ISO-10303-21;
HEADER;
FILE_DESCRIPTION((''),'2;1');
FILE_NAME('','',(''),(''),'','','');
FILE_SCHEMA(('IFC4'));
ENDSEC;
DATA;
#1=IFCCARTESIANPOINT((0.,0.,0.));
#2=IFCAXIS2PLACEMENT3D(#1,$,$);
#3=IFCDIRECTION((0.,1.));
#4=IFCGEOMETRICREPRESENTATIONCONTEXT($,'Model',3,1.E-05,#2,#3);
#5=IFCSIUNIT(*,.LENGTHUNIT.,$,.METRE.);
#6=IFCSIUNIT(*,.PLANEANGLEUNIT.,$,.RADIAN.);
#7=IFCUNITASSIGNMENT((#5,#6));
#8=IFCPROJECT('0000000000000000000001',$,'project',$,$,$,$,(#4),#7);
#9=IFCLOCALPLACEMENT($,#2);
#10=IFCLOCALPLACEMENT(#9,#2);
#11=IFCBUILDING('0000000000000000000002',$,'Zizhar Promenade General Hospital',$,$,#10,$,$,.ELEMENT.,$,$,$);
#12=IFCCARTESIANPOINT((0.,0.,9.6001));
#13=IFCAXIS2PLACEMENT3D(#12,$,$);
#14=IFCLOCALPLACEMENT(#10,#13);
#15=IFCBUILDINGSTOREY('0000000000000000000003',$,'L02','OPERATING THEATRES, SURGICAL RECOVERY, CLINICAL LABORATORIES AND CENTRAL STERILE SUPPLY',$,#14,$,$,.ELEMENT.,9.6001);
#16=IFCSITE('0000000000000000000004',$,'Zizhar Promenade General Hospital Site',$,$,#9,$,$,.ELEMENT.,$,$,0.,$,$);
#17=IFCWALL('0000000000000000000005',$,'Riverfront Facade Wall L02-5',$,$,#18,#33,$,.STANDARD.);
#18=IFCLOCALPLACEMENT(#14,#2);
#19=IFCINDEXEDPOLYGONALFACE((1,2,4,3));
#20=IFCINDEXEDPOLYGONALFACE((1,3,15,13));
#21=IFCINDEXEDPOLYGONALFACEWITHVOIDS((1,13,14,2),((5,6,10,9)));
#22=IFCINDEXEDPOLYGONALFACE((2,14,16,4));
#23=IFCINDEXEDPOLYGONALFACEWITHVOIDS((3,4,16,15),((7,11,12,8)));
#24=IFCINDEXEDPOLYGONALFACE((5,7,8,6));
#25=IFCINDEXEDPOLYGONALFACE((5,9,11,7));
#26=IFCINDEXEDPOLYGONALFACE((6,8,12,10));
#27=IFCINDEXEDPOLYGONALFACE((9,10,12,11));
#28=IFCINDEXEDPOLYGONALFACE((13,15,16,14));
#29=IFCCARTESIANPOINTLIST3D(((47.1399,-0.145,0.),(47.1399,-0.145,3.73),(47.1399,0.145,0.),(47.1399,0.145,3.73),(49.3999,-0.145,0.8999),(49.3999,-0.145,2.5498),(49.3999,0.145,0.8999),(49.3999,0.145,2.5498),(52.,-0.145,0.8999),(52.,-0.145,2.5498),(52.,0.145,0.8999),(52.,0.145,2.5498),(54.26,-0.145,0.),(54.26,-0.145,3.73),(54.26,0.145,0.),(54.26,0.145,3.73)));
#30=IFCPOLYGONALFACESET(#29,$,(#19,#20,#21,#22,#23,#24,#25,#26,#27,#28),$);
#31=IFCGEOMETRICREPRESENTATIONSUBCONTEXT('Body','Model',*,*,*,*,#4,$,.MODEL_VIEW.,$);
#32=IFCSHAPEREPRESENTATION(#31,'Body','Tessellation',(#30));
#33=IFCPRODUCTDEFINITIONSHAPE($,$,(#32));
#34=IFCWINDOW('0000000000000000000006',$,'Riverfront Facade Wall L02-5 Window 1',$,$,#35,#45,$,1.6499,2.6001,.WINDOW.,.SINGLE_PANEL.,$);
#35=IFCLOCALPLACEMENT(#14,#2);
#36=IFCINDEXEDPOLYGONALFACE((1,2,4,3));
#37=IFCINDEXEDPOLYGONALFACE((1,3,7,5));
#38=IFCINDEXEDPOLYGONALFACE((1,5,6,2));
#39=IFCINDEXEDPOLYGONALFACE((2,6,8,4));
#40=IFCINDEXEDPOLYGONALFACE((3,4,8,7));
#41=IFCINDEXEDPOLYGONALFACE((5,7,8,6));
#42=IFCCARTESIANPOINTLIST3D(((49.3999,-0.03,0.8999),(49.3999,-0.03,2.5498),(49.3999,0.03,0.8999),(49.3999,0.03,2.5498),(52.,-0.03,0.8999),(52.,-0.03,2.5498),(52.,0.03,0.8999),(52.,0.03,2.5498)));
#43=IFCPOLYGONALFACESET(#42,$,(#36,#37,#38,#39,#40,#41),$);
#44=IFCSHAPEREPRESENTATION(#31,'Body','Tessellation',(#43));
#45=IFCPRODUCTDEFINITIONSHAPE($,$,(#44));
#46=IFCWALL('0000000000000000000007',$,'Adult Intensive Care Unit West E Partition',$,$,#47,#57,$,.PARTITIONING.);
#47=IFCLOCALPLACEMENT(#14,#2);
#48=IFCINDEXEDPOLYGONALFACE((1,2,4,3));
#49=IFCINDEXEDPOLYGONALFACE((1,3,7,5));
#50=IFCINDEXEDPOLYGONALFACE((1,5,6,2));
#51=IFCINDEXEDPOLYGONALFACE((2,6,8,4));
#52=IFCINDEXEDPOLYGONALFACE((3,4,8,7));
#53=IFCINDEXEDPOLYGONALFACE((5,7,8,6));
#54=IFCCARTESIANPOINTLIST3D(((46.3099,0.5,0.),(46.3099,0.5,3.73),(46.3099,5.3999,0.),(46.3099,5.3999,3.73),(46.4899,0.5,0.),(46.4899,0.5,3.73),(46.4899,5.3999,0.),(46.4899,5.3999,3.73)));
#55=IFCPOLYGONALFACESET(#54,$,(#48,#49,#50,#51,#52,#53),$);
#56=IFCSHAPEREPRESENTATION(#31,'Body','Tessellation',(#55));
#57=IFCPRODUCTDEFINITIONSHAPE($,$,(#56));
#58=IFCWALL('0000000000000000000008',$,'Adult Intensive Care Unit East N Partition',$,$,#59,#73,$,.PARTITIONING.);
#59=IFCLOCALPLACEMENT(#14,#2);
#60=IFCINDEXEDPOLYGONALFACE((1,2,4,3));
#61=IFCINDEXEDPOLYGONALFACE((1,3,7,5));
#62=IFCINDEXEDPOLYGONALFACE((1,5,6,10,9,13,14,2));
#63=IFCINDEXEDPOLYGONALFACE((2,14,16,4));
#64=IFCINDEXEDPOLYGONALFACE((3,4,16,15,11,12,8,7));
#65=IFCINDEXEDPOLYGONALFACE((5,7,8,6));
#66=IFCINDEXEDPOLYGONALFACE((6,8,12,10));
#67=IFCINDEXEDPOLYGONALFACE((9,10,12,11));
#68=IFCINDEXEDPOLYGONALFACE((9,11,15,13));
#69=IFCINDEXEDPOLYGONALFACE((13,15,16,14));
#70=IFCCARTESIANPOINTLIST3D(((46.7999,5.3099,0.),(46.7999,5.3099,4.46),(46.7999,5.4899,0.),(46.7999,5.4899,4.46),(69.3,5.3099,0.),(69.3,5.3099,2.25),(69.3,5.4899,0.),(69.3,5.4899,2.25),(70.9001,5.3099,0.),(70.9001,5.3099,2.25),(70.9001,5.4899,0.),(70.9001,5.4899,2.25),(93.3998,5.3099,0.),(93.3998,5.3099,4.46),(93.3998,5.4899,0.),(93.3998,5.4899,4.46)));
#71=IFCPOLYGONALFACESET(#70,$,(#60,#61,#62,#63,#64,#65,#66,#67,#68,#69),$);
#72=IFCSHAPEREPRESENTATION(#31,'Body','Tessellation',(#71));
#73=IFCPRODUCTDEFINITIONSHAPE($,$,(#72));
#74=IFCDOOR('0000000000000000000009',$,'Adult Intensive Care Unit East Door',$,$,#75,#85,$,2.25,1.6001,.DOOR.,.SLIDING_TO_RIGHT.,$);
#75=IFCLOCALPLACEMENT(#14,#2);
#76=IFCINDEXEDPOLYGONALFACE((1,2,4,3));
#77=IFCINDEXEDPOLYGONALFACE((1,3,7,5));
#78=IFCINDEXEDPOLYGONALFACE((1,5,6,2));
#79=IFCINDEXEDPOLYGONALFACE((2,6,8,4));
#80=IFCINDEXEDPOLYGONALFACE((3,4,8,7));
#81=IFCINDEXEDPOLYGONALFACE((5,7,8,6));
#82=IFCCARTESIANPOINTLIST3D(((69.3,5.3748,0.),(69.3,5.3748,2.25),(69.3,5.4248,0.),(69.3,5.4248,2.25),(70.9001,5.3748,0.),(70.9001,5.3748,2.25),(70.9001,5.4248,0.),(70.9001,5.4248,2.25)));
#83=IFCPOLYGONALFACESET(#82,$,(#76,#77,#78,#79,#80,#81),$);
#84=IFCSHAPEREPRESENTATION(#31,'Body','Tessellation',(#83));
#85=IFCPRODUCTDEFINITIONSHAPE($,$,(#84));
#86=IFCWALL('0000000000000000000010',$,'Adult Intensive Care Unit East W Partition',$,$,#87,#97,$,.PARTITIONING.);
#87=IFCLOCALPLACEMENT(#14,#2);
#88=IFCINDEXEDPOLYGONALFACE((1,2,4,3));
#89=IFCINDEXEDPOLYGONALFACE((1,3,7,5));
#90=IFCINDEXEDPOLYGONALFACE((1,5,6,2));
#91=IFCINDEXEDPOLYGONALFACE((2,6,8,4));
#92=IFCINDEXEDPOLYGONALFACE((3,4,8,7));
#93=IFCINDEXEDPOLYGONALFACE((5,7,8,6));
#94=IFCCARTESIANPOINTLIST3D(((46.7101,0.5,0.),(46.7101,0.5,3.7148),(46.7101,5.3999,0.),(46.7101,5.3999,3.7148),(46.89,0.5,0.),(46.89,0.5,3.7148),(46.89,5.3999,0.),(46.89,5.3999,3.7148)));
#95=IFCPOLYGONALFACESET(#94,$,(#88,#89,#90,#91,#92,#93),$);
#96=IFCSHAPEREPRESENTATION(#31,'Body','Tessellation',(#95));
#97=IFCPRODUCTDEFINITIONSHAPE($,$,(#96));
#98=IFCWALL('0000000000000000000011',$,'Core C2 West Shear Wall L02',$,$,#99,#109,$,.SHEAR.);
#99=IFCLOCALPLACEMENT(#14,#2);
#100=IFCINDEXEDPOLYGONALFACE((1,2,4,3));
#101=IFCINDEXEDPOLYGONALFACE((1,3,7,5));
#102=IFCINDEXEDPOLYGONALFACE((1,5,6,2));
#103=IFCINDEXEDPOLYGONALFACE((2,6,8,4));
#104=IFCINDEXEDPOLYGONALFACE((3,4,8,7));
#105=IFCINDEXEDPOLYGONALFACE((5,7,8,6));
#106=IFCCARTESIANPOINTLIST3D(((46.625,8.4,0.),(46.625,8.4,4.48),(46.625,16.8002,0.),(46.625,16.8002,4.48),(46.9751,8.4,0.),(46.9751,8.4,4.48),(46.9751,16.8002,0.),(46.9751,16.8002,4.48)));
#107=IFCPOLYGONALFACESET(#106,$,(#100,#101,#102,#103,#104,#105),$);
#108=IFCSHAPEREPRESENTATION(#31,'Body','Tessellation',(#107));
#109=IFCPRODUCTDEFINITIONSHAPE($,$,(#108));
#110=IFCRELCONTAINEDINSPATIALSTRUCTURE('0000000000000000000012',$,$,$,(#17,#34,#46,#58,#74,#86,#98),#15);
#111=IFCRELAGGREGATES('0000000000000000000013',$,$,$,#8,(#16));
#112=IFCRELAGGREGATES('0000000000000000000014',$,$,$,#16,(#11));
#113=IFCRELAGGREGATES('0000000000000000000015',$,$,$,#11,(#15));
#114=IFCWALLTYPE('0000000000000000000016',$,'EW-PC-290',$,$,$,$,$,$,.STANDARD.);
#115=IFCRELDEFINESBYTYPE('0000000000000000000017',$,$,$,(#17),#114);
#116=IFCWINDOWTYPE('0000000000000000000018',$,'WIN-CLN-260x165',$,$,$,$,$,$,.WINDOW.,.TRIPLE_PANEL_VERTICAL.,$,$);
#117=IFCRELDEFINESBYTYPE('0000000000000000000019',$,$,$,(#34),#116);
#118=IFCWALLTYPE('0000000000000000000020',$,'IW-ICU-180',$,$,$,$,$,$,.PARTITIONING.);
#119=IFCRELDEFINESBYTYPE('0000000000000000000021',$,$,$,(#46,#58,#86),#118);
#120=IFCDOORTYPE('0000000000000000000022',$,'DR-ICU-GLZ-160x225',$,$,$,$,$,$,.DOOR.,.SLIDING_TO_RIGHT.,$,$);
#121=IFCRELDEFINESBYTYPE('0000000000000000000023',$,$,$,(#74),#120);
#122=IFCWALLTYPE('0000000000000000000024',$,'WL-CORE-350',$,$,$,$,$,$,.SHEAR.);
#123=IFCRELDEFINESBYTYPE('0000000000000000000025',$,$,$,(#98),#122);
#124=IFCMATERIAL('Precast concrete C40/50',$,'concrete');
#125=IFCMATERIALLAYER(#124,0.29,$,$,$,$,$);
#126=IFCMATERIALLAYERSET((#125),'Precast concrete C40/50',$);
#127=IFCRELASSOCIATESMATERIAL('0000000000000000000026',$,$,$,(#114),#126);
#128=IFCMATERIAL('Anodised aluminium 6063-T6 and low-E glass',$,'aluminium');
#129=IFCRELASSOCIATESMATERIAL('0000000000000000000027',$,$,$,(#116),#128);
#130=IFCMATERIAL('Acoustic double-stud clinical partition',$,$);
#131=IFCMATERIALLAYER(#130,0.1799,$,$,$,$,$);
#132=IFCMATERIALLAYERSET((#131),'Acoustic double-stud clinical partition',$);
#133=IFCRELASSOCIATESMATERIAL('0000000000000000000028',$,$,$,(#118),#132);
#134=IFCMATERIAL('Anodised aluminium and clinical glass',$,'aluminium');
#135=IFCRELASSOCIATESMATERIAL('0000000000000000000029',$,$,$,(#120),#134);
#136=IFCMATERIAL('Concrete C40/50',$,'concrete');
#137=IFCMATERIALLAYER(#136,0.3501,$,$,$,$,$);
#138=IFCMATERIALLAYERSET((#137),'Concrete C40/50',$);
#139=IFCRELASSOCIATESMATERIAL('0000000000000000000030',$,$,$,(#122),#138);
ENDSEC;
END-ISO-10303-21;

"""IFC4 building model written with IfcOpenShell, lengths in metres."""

from ifc_helpers import new_model, si_unit, direction, frame, frame_2d, origin, place, context, subcontext, project, spatial, rectangle, extrude, material, layer, layer_set, type_object, element, fill, save


model = new_model("IFC4")

# Units and contexts
model_context = context("Model", 3, precision=1e-05, world=origin(), true_north=direction((0.0, 1.0)))
body_context = subcontext(model_context, "Body", "Model", "MODEL_VIEW")
ifc_project = project(units=[si_unit("LENGTHUNIT", "METRE"), si_unit("PLANEANGLEUNIT", "RADIAN")], contexts=[model_context])

# Site, building, storey
site_placement = place(None, origin())
site = spatial("IfcSite", under=ifc_project, at=site_placement, Name="Zizhar Promenade General Hospital Site", CompositionType="ELEMENT", RefElevation=0.0)
building_placement = place(site_placement, origin())
building = spatial("IfcBuilding", under=site, at=building_placement, Name="Zizhar Promenade General Hospital", CompositionType="ELEMENT")
storey_placement = place(building_placement, frame((0.0, 0.0, 9.6001)))
storey = spatial("IfcBuildingStorey", under=building, at=storey_placement, Name="L02", Description="OPERATING THEATRES, SURGICAL RECOVERY, CLINICAL LABORATORIES AND CENTRAL STERILE SUPPLY", CompositionType="ELEMENT", Elevation=9.6001)

# Wall, opening, window
ifc_material_1 = material(Name="Precast concrete C40/50", Category="concrete")
ifc_layer_1 = layer(ifc_material_1, 0.29)
ifc_layer_set_1 = layer_set([ifc_layer_1], Name="Precast concrete C40/50")
wall_type_1 = type_object("IfcWallType", Name="EW-PC-290", PredefinedType="STANDARD", material=ifc_layer_set_1)
wall_1_placement = place(storey_placement, frame((54.26, 0.0, 0.0), z_axis=(0.0, 0.0, 1.0), x_axis=(-1.0, 0.0, 0.0)))
wall_1 = element("IfcWall", 1, at=wall_1_placement, inside=storey, type_object=wall_type_1, Name="Riverfront Facade Wall L02-5", PredefinedType="STANDARD", context=body_context, shape_type="SweptSolid", body=[
    extrude(rectangle(XDim=7.1201, YDim=0.29, at=frame_2d((3.5601, 0.0))), origin(), (0.0, 0.0, 1.0), 3.73),
])
opening_1_placement = place(wall_1_placement, frame((2.26, 0.0, 0.8999)))
opening_1 = element("IfcOpeningElement", 2, at=opening_1_placement, cuts=wall_1, PredefinedType="OPENING", context=body_context, shape_type="SweptSolid", body=[
    extrude(rectangle(XDim=2.6001, YDim=1.6499, at=frame_2d((1.3, 0.825))), frame((0.0, 0.155, 0.0), z_axis=(0.0, -1.0, 0.0), x_axis=(1.0, 0.0, 0.0)), (0.0, 0.0, 1.0), 0.3101),
])
ifc_material_2 = material(Name="Anodised aluminium 6063-T6 and low-E glass", Category="aluminium")
window_type = type_object("IfcWindowType", Name="WIN-CLN-260x165", PartitioningType="TRIPLE_PANEL_VERTICAL", PredefinedType="WINDOW", material=ifc_material_2)
window_placement = place(opening_1_placement, origin())
window = element("IfcWindow", 3, at=window_placement, inside=storey, type_object=window_type, Name="Riverfront Facade Wall L02-5 Window 1", OverallHeight=1.6499, OverallWidth=2.6001, PartitioningType="SINGLE_PANEL", PredefinedType="WINDOW", context=body_context, shape_type="SweptSolid", body=[
    extrude(rectangle(XDim=2.6001, YDim=1.6499, at=frame_2d((1.3, 0.825))), frame((0.0, 0.03, 0.0), z_axis=(0.0, -1.0, 0.0), x_axis=(1.0, 0.0, 0.0)), (0.0, 0.0, 1.0), 0.0601),
])
fill(opening_1, window)

# Wall
ifc_material_3 = material(Name="Acoustic double-stud clinical partition")
ifc_layer_2 = layer(ifc_material_3, 0.1799)
ifc_layer_set_2 = layer_set([ifc_layer_2], Name="Acoustic double-stud clinical partition")
wall_type_2 = type_object("IfcWallType", Name="IW-ICU-180", PredefinedType="PARTITIONING", material=ifc_layer_set_2)
wall_2_placement = place(storey_placement, frame((46.3999, 0.5, 0.0), z_axis=(0.0, 0.0, 1.0), x_axis=(0.0, 1.0, 0.0)))
element("IfcWall", 4, at=wall_2_placement, inside=storey, type_object=wall_type_2, Name="Adult Intensive Care Unit West E Partition", PredefinedType="PARTITIONING", context=body_context, shape_type="SweptSolid", body=[
    extrude(rectangle(XDim=4.8999, YDim=0.1799, at=frame_2d((2.45, 0.0))), origin(), (0.0, 0.0, 1.0), 3.73),
])

# Wall, opening, door
wall_3_placement = place(storey_placement, frame((46.8, 5.3999, 0.0), z_axis=(0.0, 0.0, 1.0), x_axis=(1.0, 0.0, 0.0)))
wall_3 = element("IfcWall", 5, at=wall_3_placement, inside=storey, type_object=wall_type_2, Name="Adult Intensive Care Unit East N Partition", PredefinedType="PARTITIONING", context=body_context, shape_type="SweptSolid", body=[
    extrude(rectangle(XDim=46.5999, YDim=0.1799, at=frame_2d((23.2998, 0.0))), origin(), (0.0, 0.0, 1.0), 4.46),
])
opening_2_placement = place(wall_3_placement, frame((22.5, 0.0, 0.0)))
opening_2 = element("IfcOpeningElement", 6, at=opening_2_placement, cuts=wall_3, PredefinedType="OPENING", context=body_context, shape_type="SweptSolid", body=[
    extrude(rectangle(XDim=1.6001, YDim=2.25, at=frame_2d((0.8, 1.125))), frame((0.0, 0.1001, 0.0), z_axis=(0.0, -1.0, 0.0), x_axis=(1.0, 0.0, 0.0)), (0.0, 0.0, 1.0), 0.2),
])
ifc_material_4 = material(Name="Anodised aluminium and clinical glass", Category="aluminium")
door_type = type_object("IfcDoorType", Name="DR-ICU-GLZ-160x225", OperationType="SLIDING_TO_RIGHT", PredefinedType="DOOR", material=ifc_material_4)
door_placement = place(opening_2_placement, origin())
door = element("IfcDoor", 7, at=door_placement, inside=storey, type_object=door_type, Name="Adult Intensive Care Unit East Door", OperationType="SLIDING_TO_RIGHT", OverallHeight=2.25, OverallWidth=1.6001, PredefinedType="DOOR", context=body_context, shape_type="SweptSolid", body=[
    extrude(rectangle(XDim=1.6001, YDim=2.25, at=frame_2d((0.8, 1.125))), frame((0.0, 0.0249, 0.0), z_axis=(0.0, -1.0, 0.0), x_axis=(1.0, 0.0, 0.0)), (0.0, 0.0, 1.0), 0.05),
])
fill(opening_2, door)

# Walls
wall_4_placement = place(storey_placement, frame((46.8, 0.5, 0.0), z_axis=(0.0, 0.0, 1.0), x_axis=(0.0, 1.0, 0.0)))
element("IfcWall", 8, at=wall_4_placement, inside=storey, type_object=wall_type_2, Name="Adult Intensive Care Unit East W Partition", PredefinedType="PARTITIONING", context=body_context, shape_type="SweptSolid", body=[
    extrude(rectangle(XDim=4.8999, YDim=0.1799, at=frame_2d((2.45, 0.0))), origin(), (0.0, 0.0, 1.0), 3.7148),
])
ifc_material_5 = material(Name="Concrete C40/50", Category="concrete")
ifc_layer_3 = layer(ifc_material_5, 0.3501)
ifc_layer_set_3 = layer_set([ifc_layer_3], Name="Concrete C40/50")
wall_type_3 = type_object("IfcWallType", Name="WL-CORE-350", PredefinedType="SHEAR", material=ifc_layer_set_3)
wall_5_placement = place(storey_placement, frame((46.8, 8.3999, 0.0), z_axis=(0.0, 0.0, 1.0), x_axis=(0.0, 1.0, 0.0)))
element("IfcWall", 9, at=wall_5_placement, inside=storey, type_object=wall_type_3, Name="Core C2 West Shear Wall L02", PredefinedType="SHEAR", context=body_context, shape_type="SweptSolid", body=[
    extrude(rectangle(XDim=8.4001, YDim=0.3501, at=frame_2d((4.2002, 0.0))), origin(), (0.0, 0.0, 1.0), 4.48),
])

save(model, "model.ifc")
